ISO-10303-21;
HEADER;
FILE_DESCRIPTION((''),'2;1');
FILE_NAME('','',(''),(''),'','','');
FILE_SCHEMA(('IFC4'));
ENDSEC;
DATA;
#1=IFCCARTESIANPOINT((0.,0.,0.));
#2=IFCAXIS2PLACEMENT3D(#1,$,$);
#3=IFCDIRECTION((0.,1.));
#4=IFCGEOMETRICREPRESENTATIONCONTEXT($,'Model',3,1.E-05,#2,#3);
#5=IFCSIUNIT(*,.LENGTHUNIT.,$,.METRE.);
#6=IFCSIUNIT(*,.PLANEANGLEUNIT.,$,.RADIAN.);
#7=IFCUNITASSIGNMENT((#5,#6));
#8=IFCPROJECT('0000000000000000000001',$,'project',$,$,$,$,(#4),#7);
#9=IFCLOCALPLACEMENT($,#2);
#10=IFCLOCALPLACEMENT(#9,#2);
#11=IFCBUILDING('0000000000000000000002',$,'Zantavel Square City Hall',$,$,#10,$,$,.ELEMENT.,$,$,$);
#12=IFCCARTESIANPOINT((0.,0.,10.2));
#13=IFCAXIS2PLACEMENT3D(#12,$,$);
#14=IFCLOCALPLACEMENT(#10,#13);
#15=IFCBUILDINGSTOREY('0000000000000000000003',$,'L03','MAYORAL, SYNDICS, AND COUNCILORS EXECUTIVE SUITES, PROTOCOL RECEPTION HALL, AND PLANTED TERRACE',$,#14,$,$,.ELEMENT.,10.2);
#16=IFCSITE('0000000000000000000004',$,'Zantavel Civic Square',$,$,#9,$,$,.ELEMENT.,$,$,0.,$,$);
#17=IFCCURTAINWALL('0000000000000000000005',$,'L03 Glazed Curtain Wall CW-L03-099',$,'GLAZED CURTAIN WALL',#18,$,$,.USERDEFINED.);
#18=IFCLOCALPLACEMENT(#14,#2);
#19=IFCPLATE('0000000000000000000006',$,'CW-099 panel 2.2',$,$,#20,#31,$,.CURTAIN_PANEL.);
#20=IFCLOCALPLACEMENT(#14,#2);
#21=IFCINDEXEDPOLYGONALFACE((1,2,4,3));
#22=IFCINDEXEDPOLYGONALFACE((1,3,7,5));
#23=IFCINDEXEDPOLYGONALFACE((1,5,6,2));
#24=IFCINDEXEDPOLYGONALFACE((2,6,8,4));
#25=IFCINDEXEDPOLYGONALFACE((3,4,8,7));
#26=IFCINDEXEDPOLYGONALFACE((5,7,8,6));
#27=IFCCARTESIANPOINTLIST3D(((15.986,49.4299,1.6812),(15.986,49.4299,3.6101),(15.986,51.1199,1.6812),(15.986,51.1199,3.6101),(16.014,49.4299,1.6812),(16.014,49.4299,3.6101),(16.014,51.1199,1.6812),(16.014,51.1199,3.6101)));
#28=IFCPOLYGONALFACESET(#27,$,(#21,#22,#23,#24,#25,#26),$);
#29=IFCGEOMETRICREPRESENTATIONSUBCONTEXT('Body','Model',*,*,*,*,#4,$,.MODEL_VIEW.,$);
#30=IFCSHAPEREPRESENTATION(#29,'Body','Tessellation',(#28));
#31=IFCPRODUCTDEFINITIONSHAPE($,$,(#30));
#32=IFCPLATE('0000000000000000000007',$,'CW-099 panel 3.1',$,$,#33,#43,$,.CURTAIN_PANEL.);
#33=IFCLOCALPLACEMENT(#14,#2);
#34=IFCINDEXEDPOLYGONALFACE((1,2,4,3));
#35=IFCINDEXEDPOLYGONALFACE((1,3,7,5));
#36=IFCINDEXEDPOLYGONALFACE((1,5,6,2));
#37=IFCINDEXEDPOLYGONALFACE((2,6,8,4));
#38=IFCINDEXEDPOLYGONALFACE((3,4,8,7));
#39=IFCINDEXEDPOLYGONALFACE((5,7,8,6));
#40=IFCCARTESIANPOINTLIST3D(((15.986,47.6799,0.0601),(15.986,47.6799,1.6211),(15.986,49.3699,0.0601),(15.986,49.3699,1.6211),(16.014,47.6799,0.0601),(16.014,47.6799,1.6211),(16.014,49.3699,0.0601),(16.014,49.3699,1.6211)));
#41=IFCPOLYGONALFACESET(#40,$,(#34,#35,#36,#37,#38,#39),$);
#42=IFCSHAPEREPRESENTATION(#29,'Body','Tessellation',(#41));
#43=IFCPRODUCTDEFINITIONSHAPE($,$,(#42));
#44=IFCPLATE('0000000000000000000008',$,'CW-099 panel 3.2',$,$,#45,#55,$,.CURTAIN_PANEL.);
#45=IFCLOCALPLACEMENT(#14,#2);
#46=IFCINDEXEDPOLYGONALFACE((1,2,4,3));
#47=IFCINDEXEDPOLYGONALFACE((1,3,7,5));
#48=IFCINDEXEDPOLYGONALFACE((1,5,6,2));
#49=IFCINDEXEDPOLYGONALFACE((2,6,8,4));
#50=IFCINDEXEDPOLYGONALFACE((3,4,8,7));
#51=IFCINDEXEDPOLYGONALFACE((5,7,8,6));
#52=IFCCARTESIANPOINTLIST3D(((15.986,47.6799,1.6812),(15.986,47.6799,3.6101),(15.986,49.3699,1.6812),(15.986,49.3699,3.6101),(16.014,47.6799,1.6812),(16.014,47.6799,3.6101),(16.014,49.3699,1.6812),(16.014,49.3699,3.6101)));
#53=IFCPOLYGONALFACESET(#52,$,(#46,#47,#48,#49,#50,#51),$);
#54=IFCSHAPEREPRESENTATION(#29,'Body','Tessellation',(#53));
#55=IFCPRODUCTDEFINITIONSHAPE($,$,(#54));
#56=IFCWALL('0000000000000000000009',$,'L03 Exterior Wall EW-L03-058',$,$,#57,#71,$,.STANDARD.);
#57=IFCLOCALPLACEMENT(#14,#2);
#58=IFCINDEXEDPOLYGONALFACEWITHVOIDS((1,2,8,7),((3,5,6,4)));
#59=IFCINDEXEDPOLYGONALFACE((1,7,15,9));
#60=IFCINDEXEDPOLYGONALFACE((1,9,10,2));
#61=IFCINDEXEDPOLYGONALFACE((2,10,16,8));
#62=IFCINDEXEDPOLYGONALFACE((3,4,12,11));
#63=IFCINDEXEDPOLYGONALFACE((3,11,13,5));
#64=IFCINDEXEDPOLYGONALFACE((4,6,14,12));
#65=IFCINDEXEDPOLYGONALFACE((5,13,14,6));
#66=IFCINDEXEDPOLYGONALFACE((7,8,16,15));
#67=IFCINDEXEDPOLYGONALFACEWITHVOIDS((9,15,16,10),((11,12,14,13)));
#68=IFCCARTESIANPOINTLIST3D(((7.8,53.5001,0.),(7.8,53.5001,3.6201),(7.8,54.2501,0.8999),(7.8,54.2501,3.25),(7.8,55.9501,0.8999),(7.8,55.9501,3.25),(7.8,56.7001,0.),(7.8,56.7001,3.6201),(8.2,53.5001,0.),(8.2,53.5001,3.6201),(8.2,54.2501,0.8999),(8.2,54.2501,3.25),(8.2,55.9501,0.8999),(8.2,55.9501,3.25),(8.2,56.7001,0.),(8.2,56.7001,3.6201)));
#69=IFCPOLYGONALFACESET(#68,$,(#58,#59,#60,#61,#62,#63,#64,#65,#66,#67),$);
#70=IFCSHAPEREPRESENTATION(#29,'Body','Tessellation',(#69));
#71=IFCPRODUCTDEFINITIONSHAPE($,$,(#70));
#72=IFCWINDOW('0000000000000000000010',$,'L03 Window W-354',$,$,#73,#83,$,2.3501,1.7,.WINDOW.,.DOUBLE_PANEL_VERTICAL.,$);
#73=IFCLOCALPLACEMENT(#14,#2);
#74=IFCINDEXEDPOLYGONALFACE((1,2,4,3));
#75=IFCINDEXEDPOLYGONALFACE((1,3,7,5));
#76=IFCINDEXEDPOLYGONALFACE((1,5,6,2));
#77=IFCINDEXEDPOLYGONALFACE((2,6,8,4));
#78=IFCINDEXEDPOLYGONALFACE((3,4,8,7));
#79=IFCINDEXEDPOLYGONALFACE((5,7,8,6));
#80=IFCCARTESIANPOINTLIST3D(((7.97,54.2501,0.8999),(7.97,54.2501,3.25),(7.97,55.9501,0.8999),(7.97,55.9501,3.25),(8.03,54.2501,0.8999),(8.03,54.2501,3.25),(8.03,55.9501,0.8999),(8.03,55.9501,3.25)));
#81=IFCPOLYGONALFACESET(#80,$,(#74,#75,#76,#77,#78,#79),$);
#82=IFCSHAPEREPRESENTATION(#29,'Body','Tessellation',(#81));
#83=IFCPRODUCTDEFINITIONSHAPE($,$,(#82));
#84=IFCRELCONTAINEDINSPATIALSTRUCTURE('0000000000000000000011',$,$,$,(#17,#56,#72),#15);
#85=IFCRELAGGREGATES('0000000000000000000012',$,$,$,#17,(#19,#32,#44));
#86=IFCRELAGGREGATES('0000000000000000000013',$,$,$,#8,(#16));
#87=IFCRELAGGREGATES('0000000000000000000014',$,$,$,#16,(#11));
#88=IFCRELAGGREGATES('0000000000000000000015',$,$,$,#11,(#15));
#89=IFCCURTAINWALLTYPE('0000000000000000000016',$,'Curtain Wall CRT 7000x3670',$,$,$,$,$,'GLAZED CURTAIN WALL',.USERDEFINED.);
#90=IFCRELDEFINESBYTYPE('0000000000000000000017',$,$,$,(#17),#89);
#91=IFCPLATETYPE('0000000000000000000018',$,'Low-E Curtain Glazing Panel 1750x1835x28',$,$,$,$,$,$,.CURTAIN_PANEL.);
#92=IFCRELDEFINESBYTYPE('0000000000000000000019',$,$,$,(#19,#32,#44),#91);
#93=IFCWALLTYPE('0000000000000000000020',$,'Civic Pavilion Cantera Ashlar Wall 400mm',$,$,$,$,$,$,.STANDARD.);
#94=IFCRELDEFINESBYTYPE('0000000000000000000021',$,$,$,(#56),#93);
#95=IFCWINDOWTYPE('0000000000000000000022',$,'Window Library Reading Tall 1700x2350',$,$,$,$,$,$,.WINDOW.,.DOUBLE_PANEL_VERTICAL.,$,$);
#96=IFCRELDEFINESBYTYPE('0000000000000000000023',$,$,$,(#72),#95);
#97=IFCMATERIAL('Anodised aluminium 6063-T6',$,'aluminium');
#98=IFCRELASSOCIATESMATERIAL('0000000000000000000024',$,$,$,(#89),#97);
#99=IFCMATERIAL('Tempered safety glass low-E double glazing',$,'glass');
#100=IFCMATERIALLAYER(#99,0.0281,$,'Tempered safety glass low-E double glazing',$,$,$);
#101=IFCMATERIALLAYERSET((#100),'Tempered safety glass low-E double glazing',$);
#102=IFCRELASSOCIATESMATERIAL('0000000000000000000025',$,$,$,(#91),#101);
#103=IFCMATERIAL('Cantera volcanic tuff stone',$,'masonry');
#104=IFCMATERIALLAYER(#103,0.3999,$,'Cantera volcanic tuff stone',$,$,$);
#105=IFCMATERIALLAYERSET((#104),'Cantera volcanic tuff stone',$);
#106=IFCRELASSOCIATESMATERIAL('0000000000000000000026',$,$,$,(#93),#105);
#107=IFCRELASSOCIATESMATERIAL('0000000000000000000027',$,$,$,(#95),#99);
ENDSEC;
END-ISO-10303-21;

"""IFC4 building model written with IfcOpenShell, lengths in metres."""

from ifc_helpers import new_model, si_unit, direction, frame, frame_2d, origin, origin_2d, place, context, subcontext, project, spatial, rectangle, extrude, material, layer, layer_set, type_object, element, fill, aggregate, save


model = new_model("IFC4")

# Units and contexts
model_context = context("Model", 3, precision=1e-05, world=origin(), true_north=direction((0.0, 1.0)))
body_context = subcontext(model_context, "Body", "Model", "MODEL_VIEW")
ifc_project = project(units=[si_unit("LENGTHUNIT", "METRE"), si_unit("PLANEANGLEUNIT", "RADIAN")], contexts=[model_context])

# Site, building, storey
site_placement = place(None, origin())
site = spatial("IfcSite", under=ifc_project, at=site_placement, Name="Zantavel Civic Square", CompositionType="ELEMENT", RefElevation=0.0)
building_placement = place(site_placement, origin())
building = spatial("IfcBuilding", under=site, at=building_placement, Name="Zantavel Square City Hall", CompositionType="ELEMENT")
storey_placement = place(building_placement, frame((0.0, 0.0, 10.2)))
storey = spatial("IfcBuildingStorey", under=building, at=storey_placement, Name="L03", Description="MAYORAL, SYNDICS, AND COUNCILORS EXECUTIVE SUITES, PROTOCOL RECEPTION HALL, AND PLANTED TERRACE", CompositionType="ELEMENT", Elevation=10.2)

# Curtain wall
ifc_material_1 = material(Name="Anodised aluminium 6063-T6", Category="aluminium")
curtain_wall_type = type_object("IfcCurtainWallType", Name="Curtain Wall CRT 7000x3670", ElementType="GLAZED CURTAIN WALL", PredefinedType="USERDEFINED", material=ifc_material_1)
curtain_wall_placement = place(storey_placement, origin())
curtain_wall = element("IfcCurtainWall", 1, at=curtain_wall_placement, inside=storey, type_object=curtain_wall_type, Name="L03 Glazed Curtain Wall CW-L03-099", ObjectType="GLAZED CURTAIN WALL", PredefinedType="USERDEFINED")

# Plates
ifc_material_2 = material(Name="Tempered safety glass low-E double glazing", Category="glass")
ifc_layer_1 = layer(ifc_material_2, 0.0281, Name="Tempered safety glass low-E double glazing")
ifc_layer_set_1 = layer_set([ifc_layer_1], Name="Tempered safety glass low-E double glazing")
plate_type = type_object("IfcPlateType", Name="Low-E Curtain Glazing Panel 1750x1835x28", PredefinedType="CURTAIN_PANEL", material=ifc_layer_set_1)
plate_1_placement = place(storey_placement, frame((16.0, 50.2749, 1.6812), z_axis=(0.0, 0.0, 1.0), x_axis=(0.0, -1.0, 0.0)))
plate_1 = element("IfcPlate", 2, at=plate_1_placement, type_object=plate_type, Name="CW-099 panel 2.2", PredefinedType="CURTAIN_PANEL", context=body_context, shape_type="SweptSolid", body=[
    extrude(rectangle(XDim=1.6899, YDim=0.0281, at=origin_2d()), origin(), (0.0, 0.0, 1.0), 1.929),
])
plate_2_placement = place(storey_placement, frame((16.0, 48.5249, 0.0601), z_axis=(0.0, 0.0, 1.0), x_axis=(0.0, -1.0, 0.0)))
plate_2 = element("IfcPlate", 3, at=plate_2_placement, type_object=plate_type, Name="CW-099 panel 3.1", PredefinedType="CURTAIN_PANEL", context=body_context, shape_type="SweptSolid", body=[
    extrude(rectangle(XDim=1.6899, YDim=0.0281, at=origin_2d()), origin(), (0.0, 0.0, 1.0), 1.561),
])
plate_3_placement = place(storey_placement, frame((16.0, 48.5249, 1.6812), z_axis=(0.0, 0.0, 1.0), x_axis=(0.0, -1.0, 0.0)))
plate_3 = element("IfcPlate", 4, at=plate_3_placement, type_object=plate_type, Name="CW-099 panel 3.2", PredefinedType="CURTAIN_PANEL", context=body_context, shape_type="SweptSolid", body=[
    extrude(rectangle(XDim=1.6899, YDim=0.0281, at=origin_2d()), origin(), (0.0, 0.0, 1.0), 1.929),
])
aggregate(curtain_wall, [plate_1, plate_2, plate_3])

# Wall, opening, window
ifc_material_3 = material(Name="Cantera volcanic tuff stone", Category="masonry")
ifc_layer_2 = layer(ifc_material_3, 0.3999, Name="Cantera volcanic tuff stone")
ifc_layer_set_2 = layer_set([ifc_layer_2], Name="Cantera volcanic tuff stone")
wall_type = type_object("IfcWallType", Name="Civic Pavilion Cantera Ashlar Wall 400mm", PredefinedType="STANDARD", material=ifc_layer_set_2)
wall_placement = place(storey_placement, frame((8.0, 53.5, 0.0), z_axis=(0.0, 0.0, 1.0), x_axis=(0.0, 1.0, 0.0)))
wall = element("IfcWall", 5, at=wall_placement, inside=storey, type_object=wall_type, Name="L03 Exterior Wall EW-L03-058", PredefinedType="STANDARD", context=body_context, shape_type="SweptSolid", body=[
    extrude(rectangle(XDim=3.2, YDim=0.3999, at=frame_2d((1.6001, 0.0))), origin(), (0.0, 0.0, 1.0), 3.6201),
])
opening_placement = place(wall_placement, frame((0.75, 0.0, 0.8999)))
opening = element("IfcOpeningElement", 6, at=opening_placement, cuts=wall, PredefinedType="OPENING", context=body_context, shape_type="SweptSolid", body=[
    extrude(rectangle(XDim=1.7, YDim=2.3501, at=frame_2d((0.8501, 1.175))), frame((0.0, 0.21, 0.0), z_axis=(0.0, -1.0, 0.0), x_axis=(1.0, 0.0, 0.0)), (0.0, 0.0, 1.0), 0.4199),
])
window_type = type_object("IfcWindowType", Name="Window Library Reading Tall 1700x2350", PartitioningType="DOUBLE_PANEL_VERTICAL", PredefinedType="WINDOW", material=ifc_material_2)
window_placement = place(opening_placement, origin())
window = element("IfcWindow", 7, at=window_placement, inside=storey, type_object=window_type, Name="L03 Window W-354", OverallHeight=2.3501, OverallWidth=1.7, PartitioningType="DOUBLE_PANEL_VERTICAL", PredefinedType="WINDOW", context=body_context, shape_type="SweptSolid", body=[
    extrude(rectangle(XDim=1.7, YDim=2.3501, at=frame_2d((0.8501, 1.175))), frame((0.0, 0.03, 0.0), z_axis=(0.0, -1.0, 0.0), x_axis=(1.0, 0.0, 0.0)), (0.0, 0.0, 1.0), 0.0601),
])
fill(opening, window)

save(model, "model.ifc")
